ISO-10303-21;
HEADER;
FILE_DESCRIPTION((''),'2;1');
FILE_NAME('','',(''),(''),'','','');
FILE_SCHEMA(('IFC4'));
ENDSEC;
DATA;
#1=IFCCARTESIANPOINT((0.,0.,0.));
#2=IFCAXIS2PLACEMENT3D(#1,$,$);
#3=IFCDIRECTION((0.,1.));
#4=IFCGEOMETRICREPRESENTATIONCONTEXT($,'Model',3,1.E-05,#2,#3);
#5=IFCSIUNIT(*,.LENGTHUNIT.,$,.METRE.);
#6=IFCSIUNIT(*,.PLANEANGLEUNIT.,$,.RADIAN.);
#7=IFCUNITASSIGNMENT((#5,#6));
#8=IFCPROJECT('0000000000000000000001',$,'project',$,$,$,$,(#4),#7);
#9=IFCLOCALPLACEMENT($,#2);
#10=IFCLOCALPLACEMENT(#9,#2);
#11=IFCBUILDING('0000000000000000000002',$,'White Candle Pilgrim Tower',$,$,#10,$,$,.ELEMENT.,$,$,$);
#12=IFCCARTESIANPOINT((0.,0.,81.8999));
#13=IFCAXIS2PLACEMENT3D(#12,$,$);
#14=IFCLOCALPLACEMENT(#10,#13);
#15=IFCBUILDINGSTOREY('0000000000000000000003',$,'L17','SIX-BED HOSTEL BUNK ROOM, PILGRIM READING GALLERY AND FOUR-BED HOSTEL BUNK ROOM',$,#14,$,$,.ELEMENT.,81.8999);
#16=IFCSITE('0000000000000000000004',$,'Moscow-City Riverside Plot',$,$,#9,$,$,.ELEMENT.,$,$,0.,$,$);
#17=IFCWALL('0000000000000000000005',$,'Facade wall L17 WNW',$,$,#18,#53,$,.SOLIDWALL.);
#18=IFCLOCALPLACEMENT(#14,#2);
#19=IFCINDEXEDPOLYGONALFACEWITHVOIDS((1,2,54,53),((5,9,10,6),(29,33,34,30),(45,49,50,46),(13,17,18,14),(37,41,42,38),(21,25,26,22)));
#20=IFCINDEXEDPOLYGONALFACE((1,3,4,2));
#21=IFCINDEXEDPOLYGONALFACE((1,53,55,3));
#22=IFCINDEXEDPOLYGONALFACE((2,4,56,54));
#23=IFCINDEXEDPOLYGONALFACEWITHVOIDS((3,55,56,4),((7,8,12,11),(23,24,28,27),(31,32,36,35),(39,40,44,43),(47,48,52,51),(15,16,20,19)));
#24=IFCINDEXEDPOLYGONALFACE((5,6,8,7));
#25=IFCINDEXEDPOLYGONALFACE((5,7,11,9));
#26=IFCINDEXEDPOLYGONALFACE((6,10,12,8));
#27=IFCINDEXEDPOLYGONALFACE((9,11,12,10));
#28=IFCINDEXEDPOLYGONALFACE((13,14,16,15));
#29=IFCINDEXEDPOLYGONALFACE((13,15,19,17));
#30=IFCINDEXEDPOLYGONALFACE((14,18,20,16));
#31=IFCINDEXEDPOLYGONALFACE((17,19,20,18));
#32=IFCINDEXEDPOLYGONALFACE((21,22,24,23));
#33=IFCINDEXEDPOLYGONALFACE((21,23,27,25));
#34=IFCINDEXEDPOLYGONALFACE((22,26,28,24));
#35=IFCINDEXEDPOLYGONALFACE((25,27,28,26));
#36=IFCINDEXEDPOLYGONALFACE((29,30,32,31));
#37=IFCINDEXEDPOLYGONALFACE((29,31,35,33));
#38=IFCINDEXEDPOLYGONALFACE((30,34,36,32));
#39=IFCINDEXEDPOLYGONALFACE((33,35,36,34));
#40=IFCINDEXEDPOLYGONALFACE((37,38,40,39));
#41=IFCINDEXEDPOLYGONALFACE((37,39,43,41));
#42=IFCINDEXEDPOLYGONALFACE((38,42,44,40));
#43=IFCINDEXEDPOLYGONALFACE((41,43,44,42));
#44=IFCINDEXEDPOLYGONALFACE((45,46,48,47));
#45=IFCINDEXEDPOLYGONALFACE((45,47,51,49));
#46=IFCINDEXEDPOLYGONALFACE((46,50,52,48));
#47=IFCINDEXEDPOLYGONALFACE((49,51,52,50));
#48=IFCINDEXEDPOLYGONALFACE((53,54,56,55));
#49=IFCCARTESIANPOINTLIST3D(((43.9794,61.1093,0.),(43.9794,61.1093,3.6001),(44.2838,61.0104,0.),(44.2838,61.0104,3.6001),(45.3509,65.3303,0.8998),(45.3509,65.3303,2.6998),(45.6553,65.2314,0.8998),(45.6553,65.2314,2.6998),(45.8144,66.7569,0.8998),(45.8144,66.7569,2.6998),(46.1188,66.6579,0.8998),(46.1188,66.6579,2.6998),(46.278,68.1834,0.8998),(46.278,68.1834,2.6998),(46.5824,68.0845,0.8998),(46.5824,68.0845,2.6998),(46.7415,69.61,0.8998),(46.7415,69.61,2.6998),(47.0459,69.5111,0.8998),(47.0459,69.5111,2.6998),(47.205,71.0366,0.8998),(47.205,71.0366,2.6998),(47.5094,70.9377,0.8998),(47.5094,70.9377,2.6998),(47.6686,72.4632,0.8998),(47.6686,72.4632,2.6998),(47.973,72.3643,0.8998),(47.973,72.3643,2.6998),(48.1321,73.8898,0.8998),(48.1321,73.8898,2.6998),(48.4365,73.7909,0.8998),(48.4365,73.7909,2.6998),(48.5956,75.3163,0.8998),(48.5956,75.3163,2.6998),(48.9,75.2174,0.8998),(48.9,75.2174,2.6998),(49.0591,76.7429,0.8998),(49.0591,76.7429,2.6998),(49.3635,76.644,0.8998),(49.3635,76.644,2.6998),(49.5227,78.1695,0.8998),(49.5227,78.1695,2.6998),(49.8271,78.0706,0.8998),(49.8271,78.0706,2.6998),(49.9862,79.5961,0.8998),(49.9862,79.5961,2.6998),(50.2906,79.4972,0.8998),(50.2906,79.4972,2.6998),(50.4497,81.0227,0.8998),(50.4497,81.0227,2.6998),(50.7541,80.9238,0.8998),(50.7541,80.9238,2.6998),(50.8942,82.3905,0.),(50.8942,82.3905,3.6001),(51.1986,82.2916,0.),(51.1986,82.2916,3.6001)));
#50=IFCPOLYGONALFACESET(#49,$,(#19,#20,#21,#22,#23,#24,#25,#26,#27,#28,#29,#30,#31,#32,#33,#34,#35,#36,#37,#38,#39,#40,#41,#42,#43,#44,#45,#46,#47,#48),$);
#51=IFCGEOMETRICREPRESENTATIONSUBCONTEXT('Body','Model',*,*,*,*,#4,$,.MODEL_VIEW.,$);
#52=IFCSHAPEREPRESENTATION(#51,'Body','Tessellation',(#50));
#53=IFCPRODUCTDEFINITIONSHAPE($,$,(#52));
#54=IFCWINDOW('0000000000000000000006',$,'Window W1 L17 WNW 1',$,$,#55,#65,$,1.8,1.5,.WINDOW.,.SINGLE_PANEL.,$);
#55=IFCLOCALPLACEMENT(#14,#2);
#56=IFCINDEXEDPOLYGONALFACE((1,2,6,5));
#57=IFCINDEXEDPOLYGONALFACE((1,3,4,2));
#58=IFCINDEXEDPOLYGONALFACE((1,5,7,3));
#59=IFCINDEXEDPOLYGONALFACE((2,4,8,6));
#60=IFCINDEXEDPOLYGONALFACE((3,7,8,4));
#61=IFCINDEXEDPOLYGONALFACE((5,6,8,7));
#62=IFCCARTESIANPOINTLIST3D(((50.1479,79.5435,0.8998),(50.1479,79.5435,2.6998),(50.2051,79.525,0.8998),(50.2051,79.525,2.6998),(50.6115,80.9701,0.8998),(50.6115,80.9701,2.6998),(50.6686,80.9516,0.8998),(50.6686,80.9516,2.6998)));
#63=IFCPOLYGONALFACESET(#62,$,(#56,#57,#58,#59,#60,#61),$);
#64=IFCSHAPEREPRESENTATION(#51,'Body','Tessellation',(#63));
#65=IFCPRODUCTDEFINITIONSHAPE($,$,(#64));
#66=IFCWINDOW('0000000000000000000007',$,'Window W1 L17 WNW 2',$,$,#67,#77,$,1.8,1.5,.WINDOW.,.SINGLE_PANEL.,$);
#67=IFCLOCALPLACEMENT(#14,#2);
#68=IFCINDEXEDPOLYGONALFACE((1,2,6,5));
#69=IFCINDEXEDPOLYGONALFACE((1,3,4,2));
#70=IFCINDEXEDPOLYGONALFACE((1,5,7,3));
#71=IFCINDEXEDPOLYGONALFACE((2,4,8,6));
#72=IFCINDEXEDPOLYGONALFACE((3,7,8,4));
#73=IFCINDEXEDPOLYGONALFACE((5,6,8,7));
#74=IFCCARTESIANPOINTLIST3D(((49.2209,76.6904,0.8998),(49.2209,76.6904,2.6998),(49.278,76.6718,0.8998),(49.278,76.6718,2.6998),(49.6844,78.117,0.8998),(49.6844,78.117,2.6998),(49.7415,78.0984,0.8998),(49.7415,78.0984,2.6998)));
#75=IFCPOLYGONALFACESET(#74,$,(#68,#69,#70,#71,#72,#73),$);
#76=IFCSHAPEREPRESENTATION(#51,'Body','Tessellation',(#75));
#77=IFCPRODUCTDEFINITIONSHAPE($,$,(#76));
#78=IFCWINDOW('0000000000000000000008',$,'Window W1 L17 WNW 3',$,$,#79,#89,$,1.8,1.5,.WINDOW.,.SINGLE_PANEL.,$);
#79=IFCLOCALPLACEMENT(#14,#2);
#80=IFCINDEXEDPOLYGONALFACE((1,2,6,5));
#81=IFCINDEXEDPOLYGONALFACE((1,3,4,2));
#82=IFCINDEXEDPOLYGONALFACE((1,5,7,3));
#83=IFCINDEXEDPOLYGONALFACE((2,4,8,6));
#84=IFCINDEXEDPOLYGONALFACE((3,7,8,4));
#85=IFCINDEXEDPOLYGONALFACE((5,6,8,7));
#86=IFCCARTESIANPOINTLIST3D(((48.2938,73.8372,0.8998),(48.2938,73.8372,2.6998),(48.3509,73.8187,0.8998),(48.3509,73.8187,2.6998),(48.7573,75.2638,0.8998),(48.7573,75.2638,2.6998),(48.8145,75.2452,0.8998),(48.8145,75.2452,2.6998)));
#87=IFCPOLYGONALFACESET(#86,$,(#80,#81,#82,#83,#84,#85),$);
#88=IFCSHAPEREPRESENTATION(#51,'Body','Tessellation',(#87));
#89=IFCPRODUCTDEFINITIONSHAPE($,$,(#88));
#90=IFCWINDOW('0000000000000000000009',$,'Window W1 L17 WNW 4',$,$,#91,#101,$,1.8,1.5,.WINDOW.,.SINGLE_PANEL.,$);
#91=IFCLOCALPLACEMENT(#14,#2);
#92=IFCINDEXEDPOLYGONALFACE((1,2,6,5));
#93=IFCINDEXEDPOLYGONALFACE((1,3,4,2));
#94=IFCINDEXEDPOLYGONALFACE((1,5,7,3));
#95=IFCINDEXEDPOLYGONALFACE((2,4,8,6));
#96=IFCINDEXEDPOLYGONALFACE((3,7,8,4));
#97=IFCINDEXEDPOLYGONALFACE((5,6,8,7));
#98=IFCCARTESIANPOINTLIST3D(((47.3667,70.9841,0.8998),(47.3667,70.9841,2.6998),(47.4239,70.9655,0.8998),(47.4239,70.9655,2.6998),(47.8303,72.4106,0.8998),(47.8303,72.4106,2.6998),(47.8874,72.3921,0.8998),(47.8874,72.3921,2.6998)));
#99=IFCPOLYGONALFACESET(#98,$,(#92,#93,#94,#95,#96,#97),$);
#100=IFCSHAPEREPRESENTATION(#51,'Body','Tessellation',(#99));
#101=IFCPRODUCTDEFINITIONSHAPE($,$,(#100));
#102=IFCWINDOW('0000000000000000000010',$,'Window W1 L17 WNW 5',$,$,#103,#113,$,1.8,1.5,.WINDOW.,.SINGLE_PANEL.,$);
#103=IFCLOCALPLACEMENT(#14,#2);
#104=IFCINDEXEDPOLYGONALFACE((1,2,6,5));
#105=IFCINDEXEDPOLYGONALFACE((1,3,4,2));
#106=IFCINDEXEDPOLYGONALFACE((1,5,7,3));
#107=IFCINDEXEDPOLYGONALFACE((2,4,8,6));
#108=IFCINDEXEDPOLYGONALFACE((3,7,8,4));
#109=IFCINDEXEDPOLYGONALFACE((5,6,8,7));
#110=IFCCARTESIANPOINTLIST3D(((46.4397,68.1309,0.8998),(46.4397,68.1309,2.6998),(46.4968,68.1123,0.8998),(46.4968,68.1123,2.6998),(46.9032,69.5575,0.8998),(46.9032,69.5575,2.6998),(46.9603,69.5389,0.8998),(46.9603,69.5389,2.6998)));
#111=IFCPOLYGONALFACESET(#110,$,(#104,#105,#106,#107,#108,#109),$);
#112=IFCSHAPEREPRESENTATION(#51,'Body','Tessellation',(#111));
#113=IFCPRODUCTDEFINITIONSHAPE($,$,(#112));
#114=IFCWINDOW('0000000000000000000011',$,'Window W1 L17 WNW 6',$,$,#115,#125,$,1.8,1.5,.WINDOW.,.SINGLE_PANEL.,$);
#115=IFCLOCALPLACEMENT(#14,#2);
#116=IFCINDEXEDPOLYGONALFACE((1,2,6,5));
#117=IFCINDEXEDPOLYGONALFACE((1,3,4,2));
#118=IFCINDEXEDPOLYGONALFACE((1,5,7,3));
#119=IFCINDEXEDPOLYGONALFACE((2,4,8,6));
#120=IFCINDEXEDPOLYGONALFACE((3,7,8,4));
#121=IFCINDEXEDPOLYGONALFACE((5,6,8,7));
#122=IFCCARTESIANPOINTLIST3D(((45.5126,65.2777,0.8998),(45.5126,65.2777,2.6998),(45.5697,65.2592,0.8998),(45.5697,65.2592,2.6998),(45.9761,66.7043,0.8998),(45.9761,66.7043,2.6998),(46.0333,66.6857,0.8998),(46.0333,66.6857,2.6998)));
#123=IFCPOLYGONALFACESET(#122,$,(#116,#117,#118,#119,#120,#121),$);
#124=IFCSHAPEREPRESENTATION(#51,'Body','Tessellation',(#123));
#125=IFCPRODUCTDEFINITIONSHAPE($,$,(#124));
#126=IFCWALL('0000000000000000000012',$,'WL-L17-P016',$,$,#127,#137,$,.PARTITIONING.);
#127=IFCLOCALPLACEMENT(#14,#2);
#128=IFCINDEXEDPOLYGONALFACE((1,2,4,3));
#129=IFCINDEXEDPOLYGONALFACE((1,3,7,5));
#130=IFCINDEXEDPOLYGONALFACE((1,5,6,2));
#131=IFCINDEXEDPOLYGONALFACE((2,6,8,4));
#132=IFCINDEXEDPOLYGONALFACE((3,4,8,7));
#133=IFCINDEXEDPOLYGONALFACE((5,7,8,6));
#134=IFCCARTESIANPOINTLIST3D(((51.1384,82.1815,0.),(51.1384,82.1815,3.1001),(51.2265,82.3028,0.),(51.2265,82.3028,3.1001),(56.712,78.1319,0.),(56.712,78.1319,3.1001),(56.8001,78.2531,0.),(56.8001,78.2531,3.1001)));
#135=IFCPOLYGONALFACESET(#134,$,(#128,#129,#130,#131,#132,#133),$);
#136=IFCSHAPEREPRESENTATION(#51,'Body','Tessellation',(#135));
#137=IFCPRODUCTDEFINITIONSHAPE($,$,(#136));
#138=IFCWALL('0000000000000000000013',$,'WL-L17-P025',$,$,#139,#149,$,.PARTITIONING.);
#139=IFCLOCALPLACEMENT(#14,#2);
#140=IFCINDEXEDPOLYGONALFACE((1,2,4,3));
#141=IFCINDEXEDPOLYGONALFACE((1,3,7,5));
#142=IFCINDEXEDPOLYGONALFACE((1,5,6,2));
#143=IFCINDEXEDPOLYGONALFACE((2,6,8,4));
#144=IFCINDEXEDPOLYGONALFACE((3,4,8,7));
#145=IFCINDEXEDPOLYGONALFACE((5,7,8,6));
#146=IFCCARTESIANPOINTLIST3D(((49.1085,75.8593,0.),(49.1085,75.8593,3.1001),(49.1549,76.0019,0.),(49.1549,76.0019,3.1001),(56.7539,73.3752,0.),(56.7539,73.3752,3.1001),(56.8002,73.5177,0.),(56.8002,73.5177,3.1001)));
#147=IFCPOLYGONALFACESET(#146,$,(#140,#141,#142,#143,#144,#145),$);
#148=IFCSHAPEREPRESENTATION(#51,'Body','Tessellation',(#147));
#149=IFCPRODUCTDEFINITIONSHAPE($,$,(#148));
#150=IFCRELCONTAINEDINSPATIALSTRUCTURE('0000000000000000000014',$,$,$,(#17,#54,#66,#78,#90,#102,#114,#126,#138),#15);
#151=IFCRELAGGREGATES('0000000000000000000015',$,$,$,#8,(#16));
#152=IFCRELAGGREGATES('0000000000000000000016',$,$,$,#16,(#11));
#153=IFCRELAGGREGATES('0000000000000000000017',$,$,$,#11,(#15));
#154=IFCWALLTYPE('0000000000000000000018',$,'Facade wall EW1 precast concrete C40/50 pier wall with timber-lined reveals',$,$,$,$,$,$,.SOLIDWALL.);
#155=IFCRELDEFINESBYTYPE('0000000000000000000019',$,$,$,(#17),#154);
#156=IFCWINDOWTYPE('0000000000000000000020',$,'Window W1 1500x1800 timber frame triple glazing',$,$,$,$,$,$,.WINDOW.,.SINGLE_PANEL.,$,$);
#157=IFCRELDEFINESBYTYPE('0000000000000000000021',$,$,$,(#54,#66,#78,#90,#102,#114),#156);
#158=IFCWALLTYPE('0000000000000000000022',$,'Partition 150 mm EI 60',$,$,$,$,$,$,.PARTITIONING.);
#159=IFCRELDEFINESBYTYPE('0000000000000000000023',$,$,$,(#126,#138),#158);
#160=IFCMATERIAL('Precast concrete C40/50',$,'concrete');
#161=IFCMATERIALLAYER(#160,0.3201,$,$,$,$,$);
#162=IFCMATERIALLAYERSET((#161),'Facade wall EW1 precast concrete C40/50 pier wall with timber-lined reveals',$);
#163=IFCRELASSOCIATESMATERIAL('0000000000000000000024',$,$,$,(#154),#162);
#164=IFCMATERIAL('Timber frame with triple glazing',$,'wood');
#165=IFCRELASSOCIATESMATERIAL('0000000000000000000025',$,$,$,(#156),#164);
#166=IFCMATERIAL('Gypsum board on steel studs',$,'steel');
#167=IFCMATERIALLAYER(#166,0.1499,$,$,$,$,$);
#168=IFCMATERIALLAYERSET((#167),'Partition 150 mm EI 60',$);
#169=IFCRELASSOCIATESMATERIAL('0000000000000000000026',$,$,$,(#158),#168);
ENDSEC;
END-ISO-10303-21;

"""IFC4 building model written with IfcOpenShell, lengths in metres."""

from ifc_helpers import new_model, si_unit, direction, frame, frame_2d, origin, place, context, subcontext, project, spatial, rectangle, extrude, material, layer, layer_set, type_object, element, fill, save


model = new_model("IFC4")

# Units and contexts
model_context = context("Model", 3, precision=1e-05, world=origin(), true_north=direction((0.0, 1.0)))
body_context = subcontext(model_context, "Body", "Model", "MODEL_VIEW")
ifc_project = project(units=[si_unit("LENGTHUNIT", "METRE"), si_unit("PLANEANGLEUNIT", "RADIAN")], contexts=[model_context])

# Site, building, storey
site_placement = place(None, origin())
site = spatial("IfcSite", under=ifc_project, at=site_placement, Name="Moscow-City Riverside Plot", CompositionType="ELEMENT", RefElevation=0.0)
building_placement = place(site_placement, origin())
building = spatial("IfcBuilding", under=site, at=building_placement, Name="White Candle Pilgrim Tower", CompositionType="ELEMENT")
storey_placement = place(building_placement, frame((0.0, 0.0, 81.8999)))
storey = spatial("IfcBuildingStorey", under=building, at=storey_placement, Name="L17", Description="SIX-BED HOSTEL BUNK ROOM, PILGRIM READING GALLERY AND FOUR-BED HOSTEL BUNK ROOM", CompositionType="ELEMENT", Elevation=81.8999)

# Wall, openings, windows
ifc_material_1 = material(Name="Precast concrete C40/50", Category="concrete")
ifc_layer_1 = layer(ifc_material_1, 0.3201)
ifc_layer_set_1 = layer_set([ifc_layer_1], Name="Facade wall EW1 precast concrete C40/50 pier wall with timber-lined reveals")
wall_type_1 = type_object("IfcWallType", Name="Facade wall EW1 precast concrete C40/50 pier wall with timber-lined reveals", PredefinedType="SOLIDWALL", material=ifc_layer_set_1)
wall_1_placement = place(storey_placement, frame((51.0464, 82.3411, 0.0), z_axis=(0.0, 0.0, 1.0), x_axis=(-0.309021, -0.951055, 0.0)))
wall_1 = element("IfcWall", 1, at=wall_1_placement, inside=storey, type_object=wall_type_1, Name="Facade wall L17 WNW", PredefinedType="SOLIDWALL", context=body_context, shape_type="SweptSolid", body=[
    extrude(rectangle(XDim=22.3765, YDim=0.3201, at=frame_2d((11.1882, 0.0))), origin(), (0.0, 0.0, 1.0), 3.6001),
])
opening_1_placement = place(wall_1_placement, frame((1.4382, 0.0, 0.8999)))
opening_1 = element("IfcOpeningElement", 2, at=opening_1_placement, cuts=wall_1, PredefinedType="OPENING", context=body_context, shape_type="SweptSolid", body=[
    extrude(rectangle(XDim=1.5, YDim=1.8, at=frame_2d((0.75, 0.8999))), frame((0.0, 0.1699, 0.0), z_axis=(0.0, -1.0, 0.0), x_axis=(1.0, 0.0, 0.0)), (0.0, 0.0, 1.0), 0.3401),
])
opening_2_placement = place(wall_1_placement, frame((4.4382, 0.0, 0.8999)))
opening_2 = element("IfcOpeningElement", 3, at=opening_2_placement, cuts=wall_1, PredefinedType="OPENING", context=body_context, shape_type="SweptSolid", body=[
    extrude(rectangle(XDim=1.5, YDim=1.8, at=frame_2d((0.75, 0.8999))), frame((0.0, 0.1699, 0.0), z_axis=(0.0, -1.0, 0.0), x_axis=(1.0, 0.0, 0.0)), (0.0, 0.0, 1.0), 0.3401),
])
opening_3_placement = place(wall_1_placement, frame((7.4382, 0.0, 0.8999)))
opening_3 = element("IfcOpeningElement", 4, at=opening_3_placement, cuts=wall_1, PredefinedType="OPENING", context=body_context, shape_type="SweptSolid", body=[
    extrude(rectangle(XDim=1.5, YDim=1.8, at=frame_2d((0.75, 0.8999))), frame((0.0, 0.1699, 0.0), z_axis=(0.0, -1.0, 0.0), x_axis=(1.0, 0.0, 0.0)), (0.0, 0.0, 1.0), 0.3401),
])
opening_4_placement = place(wall_1_placement, frame((10.4382, 0.0, 0.8999)))
opening_4 = element("IfcOpeningElement", 5, at=opening_4_placement, cuts=wall_1, PredefinedType="OPENING", context=body_context, shape_type="SweptSolid", body=[
    extrude(rectangle(XDim=1.5, YDim=1.8, at=frame_2d((0.75, 0.8999))), frame((0.0, 0.1699, 0.0), z_axis=(0.0, -1.0, 0.0), x_axis=(1.0, 0.0, 0.0)), (0.0, 0.0, 1.0), 0.3401),
])
opening_5_placement = place(wall_1_placement, frame((13.4382, 0.0, 0.8999)))
opening_5 = element("IfcOpeningElement", 6, at=opening_5_placement, cuts=wall_1, PredefinedType="OPENING", context=body_context, shape_type="SweptSolid", body=[
    extrude(rectangle(XDim=1.5, YDim=1.8, at=frame_2d((0.75, 0.8999))), frame((0.0, 0.1699, 0.0), z_axis=(0.0, -1.0, 0.0), x_axis=(1.0, 0.0, 0.0)), (0.0, 0.0, 1.0), 0.3401),
])
opening_6_placement = place(wall_1_placement, frame((16.4382, 0.0, 0.8999)))
opening_6 = element("IfcOpeningElement", 7, at=opening_6_placement, cuts=wall_1, PredefinedType="OPENING", context=body_context, shape_type="SweptSolid", body=[
    extrude(rectangle(XDim=1.5, YDim=1.8, at=frame_2d((0.75, 0.8999))), frame((0.0, 0.1699, 0.0), z_axis=(0.0, -1.0, 0.0), x_axis=(1.0, 0.0, 0.0)), (0.0, 0.0, 1.0), 0.3401),
])
ifc_material_2 = material(Name="Timber frame with triple glazing", Category="wood")
window_type = type_object("IfcWindowType", Name="Window W1 1500x1800 timber frame triple glazing", PartitioningType="SINGLE_PANEL", PredefinedType="WINDOW", material=ifc_material_2)
window_1_placement = place(opening_1_placement, origin())
window_1 = element("IfcWindow", 8, at=window_1_placement, inside=storey, type_object=window_type, Name="Window W1 L17 WNW 1", OverallHeight=1.8, OverallWidth=1.5, PartitioningType="SINGLE_PANEL", PredefinedType="WINDOW", context=body_context, shape_type="SweptSolid", body=[
    extrude(rectangle(XDim=1.5, YDim=1.8, at=frame_2d((0.75, 0.8999))), frame((0.0, 0.0701, 0.0), z_axis=(0.0, -1.0, 0.0), x_axis=(1.0, 0.0, 0.0)), (0.0, 0.0, 1.0), 0.0601),
])
fill(opening_1, window_1)
window_2_placement = place(opening_2_placement, origin())
window_2 = element("IfcWindow", 9, at=window_2_placement, inside=storey, type_object=window_type, Name="Window W1 L17 WNW 2", OverallHeight=1.8, OverallWidth=1.5, PartitioningType="SINGLE_PANEL", PredefinedType="WINDOW", context=body_context, shape_type="SweptSolid", body=[
    extrude(rectangle(XDim=1.5, YDim=1.8, at=frame_2d((0.75, 0.8999))), frame((0.0, 0.0701, 0.0), z_axis=(0.0, -1.0, 0.0), x_axis=(1.0, 0.0, 0.0)), (0.0, 0.0, 1.0), 0.0601),
])
fill(opening_2, window_2)
window_3_placement = place(opening_3_placement, origin())
window_3 = element("IfcWindow", 10, at=window_3_placement, inside=storey, type_object=window_type, Name="Window W1 L17 WNW 3", OverallHeight=1.8, OverallWidth=1.5, PartitioningType="SINGLE_PANEL", PredefinedType="WINDOW", context=body_context, shape_type="SweptSolid", body=[
    extrude(rectangle(XDim=1.5, YDim=1.8, at=frame_2d((0.75, 0.8999))), frame((0.0, 0.0701, 0.0), z_axis=(0.0, -1.0, 0.0), x_axis=(1.0, 0.0, 0.0)), (0.0, 0.0, 1.0), 0.0601),
])
fill(opening_3, window_3)
window_4_placement = place(opening_4_placement, origin())
window_4 = element("IfcWindow", 11, at=window_4_placement, inside=storey, type_object=window_type, Name="Window W1 L17 WNW 4", OverallHeight=1.8, OverallWidth=1.5, PartitioningType="SINGLE_PANEL", PredefinedType="WINDOW", context=body_context, shape_type="SweptSolid", body=[
    extrude(rectangle(XDim=1.5, YDim=1.8, at=frame_2d((0.75, 0.8999))), frame((0.0, 0.0701, 0.0), z_axis=(0.0, -1.0, 0.0), x_axis=(1.0, 0.0, 0.0)), (0.0, 0.0, 1.0), 0.0601),
])
fill(opening_4, window_4)
window_5_placement = place(opening_5_placement, origin())
window_5 = element("IfcWindow", 12, at=window_5_placement, inside=storey, type_object=window_type, Name="Window W1 L17 WNW 5", OverallHeight=1.8, OverallWidth=1.5, PartitioningType="SINGLE_PANEL", PredefinedType="WINDOW", context=body_context, shape_type="SweptSolid", body=[
    extrude(rectangle(XDim=1.5, YDim=1.8, at=frame_2d((0.75, 0.8999))), frame((0.0, 0.0701, 0.0), z_axis=(0.0, -1.0, 0.0), x_axis=(1.0, 0.0, 0.0)), (0.0, 0.0, 1.0), 0.0601),
])
fill(opening_5, window_5)
window_6_placement = place(opening_6_placement, origin())
window_6 = element("IfcWindow", 13, at=window_6_placement, inside=storey, type_object=window_type, Name="Window W1 L17 WNW 6", OverallHeight=1.8, OverallWidth=1.5, PartitioningType="SINGLE_PANEL", PredefinedType="WINDOW", context=body_context, shape_type="SweptSolid", body=[
    extrude(rectangle(XDim=1.5, YDim=1.8, at=frame_2d((0.75, 0.8999))), frame((0.0, 0.0701, 0.0), z_axis=(0.0, -1.0, 0.0), x_axis=(1.0, 0.0, 0.0)), (0.0, 0.0, 1.0), 0.0601),
])
fill(opening_6, window_6)

# Walls
ifc_material_3 = material(Name="Gypsum board on steel studs", Category="steel")
ifc_layer_2 = layer(ifc_material_3, 0.1499)
ifc_layer_set_2 = layer_set([ifc_layer_2], Name="Partition 150 mm EI 60")
wall_type_2 = type_object("IfcWallType", Name="Partition 150 mm EI 60", PredefinedType="PARTITIONING", material=ifc_layer_set_2)
wall_2_placement = place(storey_placement, frame((51.1824, 82.2422, 0.0), z_axis=(0.0, 0.0, 1.0), x_axis=(0.809004, -0.587803, 0.0)))
element("IfcWall", 14, at=wall_2_placement, inside=storey, type_object=wall_type_2, Name="WL-L17-P016", PredefinedType="PARTITIONING", context=body_context, shape_type="SweptSolid", body=[
    extrude(rectangle(XDim=6.8894, YDim=0.1499, at=frame_2d((3.4448, 0.0))), origin(), (0.0, 0.0, 1.0), 3.1001),
])
wall_3_placement = place(storey_placement, frame((49.1316, 75.9307, 0.0), z_axis=(0.0, 0.0, 1.0), x_axis=(0.951055, -0.309021, 0.0)))
element("IfcWall", 15, at=wall_3_placement, inside=storey, type_object=wall_type_2, Name="WL-L17-P025", PredefinedType="PARTITIONING", context=body_context, shape_type="SweptSolid", body=[
    extrude(rectangle(XDim=8.0388, YDim=0.1499, at=frame_2d((4.0195, 0.0))), origin(), (0.0, 0.0, 1.0), 3.1001),
])

save(model, "model.ifc")
